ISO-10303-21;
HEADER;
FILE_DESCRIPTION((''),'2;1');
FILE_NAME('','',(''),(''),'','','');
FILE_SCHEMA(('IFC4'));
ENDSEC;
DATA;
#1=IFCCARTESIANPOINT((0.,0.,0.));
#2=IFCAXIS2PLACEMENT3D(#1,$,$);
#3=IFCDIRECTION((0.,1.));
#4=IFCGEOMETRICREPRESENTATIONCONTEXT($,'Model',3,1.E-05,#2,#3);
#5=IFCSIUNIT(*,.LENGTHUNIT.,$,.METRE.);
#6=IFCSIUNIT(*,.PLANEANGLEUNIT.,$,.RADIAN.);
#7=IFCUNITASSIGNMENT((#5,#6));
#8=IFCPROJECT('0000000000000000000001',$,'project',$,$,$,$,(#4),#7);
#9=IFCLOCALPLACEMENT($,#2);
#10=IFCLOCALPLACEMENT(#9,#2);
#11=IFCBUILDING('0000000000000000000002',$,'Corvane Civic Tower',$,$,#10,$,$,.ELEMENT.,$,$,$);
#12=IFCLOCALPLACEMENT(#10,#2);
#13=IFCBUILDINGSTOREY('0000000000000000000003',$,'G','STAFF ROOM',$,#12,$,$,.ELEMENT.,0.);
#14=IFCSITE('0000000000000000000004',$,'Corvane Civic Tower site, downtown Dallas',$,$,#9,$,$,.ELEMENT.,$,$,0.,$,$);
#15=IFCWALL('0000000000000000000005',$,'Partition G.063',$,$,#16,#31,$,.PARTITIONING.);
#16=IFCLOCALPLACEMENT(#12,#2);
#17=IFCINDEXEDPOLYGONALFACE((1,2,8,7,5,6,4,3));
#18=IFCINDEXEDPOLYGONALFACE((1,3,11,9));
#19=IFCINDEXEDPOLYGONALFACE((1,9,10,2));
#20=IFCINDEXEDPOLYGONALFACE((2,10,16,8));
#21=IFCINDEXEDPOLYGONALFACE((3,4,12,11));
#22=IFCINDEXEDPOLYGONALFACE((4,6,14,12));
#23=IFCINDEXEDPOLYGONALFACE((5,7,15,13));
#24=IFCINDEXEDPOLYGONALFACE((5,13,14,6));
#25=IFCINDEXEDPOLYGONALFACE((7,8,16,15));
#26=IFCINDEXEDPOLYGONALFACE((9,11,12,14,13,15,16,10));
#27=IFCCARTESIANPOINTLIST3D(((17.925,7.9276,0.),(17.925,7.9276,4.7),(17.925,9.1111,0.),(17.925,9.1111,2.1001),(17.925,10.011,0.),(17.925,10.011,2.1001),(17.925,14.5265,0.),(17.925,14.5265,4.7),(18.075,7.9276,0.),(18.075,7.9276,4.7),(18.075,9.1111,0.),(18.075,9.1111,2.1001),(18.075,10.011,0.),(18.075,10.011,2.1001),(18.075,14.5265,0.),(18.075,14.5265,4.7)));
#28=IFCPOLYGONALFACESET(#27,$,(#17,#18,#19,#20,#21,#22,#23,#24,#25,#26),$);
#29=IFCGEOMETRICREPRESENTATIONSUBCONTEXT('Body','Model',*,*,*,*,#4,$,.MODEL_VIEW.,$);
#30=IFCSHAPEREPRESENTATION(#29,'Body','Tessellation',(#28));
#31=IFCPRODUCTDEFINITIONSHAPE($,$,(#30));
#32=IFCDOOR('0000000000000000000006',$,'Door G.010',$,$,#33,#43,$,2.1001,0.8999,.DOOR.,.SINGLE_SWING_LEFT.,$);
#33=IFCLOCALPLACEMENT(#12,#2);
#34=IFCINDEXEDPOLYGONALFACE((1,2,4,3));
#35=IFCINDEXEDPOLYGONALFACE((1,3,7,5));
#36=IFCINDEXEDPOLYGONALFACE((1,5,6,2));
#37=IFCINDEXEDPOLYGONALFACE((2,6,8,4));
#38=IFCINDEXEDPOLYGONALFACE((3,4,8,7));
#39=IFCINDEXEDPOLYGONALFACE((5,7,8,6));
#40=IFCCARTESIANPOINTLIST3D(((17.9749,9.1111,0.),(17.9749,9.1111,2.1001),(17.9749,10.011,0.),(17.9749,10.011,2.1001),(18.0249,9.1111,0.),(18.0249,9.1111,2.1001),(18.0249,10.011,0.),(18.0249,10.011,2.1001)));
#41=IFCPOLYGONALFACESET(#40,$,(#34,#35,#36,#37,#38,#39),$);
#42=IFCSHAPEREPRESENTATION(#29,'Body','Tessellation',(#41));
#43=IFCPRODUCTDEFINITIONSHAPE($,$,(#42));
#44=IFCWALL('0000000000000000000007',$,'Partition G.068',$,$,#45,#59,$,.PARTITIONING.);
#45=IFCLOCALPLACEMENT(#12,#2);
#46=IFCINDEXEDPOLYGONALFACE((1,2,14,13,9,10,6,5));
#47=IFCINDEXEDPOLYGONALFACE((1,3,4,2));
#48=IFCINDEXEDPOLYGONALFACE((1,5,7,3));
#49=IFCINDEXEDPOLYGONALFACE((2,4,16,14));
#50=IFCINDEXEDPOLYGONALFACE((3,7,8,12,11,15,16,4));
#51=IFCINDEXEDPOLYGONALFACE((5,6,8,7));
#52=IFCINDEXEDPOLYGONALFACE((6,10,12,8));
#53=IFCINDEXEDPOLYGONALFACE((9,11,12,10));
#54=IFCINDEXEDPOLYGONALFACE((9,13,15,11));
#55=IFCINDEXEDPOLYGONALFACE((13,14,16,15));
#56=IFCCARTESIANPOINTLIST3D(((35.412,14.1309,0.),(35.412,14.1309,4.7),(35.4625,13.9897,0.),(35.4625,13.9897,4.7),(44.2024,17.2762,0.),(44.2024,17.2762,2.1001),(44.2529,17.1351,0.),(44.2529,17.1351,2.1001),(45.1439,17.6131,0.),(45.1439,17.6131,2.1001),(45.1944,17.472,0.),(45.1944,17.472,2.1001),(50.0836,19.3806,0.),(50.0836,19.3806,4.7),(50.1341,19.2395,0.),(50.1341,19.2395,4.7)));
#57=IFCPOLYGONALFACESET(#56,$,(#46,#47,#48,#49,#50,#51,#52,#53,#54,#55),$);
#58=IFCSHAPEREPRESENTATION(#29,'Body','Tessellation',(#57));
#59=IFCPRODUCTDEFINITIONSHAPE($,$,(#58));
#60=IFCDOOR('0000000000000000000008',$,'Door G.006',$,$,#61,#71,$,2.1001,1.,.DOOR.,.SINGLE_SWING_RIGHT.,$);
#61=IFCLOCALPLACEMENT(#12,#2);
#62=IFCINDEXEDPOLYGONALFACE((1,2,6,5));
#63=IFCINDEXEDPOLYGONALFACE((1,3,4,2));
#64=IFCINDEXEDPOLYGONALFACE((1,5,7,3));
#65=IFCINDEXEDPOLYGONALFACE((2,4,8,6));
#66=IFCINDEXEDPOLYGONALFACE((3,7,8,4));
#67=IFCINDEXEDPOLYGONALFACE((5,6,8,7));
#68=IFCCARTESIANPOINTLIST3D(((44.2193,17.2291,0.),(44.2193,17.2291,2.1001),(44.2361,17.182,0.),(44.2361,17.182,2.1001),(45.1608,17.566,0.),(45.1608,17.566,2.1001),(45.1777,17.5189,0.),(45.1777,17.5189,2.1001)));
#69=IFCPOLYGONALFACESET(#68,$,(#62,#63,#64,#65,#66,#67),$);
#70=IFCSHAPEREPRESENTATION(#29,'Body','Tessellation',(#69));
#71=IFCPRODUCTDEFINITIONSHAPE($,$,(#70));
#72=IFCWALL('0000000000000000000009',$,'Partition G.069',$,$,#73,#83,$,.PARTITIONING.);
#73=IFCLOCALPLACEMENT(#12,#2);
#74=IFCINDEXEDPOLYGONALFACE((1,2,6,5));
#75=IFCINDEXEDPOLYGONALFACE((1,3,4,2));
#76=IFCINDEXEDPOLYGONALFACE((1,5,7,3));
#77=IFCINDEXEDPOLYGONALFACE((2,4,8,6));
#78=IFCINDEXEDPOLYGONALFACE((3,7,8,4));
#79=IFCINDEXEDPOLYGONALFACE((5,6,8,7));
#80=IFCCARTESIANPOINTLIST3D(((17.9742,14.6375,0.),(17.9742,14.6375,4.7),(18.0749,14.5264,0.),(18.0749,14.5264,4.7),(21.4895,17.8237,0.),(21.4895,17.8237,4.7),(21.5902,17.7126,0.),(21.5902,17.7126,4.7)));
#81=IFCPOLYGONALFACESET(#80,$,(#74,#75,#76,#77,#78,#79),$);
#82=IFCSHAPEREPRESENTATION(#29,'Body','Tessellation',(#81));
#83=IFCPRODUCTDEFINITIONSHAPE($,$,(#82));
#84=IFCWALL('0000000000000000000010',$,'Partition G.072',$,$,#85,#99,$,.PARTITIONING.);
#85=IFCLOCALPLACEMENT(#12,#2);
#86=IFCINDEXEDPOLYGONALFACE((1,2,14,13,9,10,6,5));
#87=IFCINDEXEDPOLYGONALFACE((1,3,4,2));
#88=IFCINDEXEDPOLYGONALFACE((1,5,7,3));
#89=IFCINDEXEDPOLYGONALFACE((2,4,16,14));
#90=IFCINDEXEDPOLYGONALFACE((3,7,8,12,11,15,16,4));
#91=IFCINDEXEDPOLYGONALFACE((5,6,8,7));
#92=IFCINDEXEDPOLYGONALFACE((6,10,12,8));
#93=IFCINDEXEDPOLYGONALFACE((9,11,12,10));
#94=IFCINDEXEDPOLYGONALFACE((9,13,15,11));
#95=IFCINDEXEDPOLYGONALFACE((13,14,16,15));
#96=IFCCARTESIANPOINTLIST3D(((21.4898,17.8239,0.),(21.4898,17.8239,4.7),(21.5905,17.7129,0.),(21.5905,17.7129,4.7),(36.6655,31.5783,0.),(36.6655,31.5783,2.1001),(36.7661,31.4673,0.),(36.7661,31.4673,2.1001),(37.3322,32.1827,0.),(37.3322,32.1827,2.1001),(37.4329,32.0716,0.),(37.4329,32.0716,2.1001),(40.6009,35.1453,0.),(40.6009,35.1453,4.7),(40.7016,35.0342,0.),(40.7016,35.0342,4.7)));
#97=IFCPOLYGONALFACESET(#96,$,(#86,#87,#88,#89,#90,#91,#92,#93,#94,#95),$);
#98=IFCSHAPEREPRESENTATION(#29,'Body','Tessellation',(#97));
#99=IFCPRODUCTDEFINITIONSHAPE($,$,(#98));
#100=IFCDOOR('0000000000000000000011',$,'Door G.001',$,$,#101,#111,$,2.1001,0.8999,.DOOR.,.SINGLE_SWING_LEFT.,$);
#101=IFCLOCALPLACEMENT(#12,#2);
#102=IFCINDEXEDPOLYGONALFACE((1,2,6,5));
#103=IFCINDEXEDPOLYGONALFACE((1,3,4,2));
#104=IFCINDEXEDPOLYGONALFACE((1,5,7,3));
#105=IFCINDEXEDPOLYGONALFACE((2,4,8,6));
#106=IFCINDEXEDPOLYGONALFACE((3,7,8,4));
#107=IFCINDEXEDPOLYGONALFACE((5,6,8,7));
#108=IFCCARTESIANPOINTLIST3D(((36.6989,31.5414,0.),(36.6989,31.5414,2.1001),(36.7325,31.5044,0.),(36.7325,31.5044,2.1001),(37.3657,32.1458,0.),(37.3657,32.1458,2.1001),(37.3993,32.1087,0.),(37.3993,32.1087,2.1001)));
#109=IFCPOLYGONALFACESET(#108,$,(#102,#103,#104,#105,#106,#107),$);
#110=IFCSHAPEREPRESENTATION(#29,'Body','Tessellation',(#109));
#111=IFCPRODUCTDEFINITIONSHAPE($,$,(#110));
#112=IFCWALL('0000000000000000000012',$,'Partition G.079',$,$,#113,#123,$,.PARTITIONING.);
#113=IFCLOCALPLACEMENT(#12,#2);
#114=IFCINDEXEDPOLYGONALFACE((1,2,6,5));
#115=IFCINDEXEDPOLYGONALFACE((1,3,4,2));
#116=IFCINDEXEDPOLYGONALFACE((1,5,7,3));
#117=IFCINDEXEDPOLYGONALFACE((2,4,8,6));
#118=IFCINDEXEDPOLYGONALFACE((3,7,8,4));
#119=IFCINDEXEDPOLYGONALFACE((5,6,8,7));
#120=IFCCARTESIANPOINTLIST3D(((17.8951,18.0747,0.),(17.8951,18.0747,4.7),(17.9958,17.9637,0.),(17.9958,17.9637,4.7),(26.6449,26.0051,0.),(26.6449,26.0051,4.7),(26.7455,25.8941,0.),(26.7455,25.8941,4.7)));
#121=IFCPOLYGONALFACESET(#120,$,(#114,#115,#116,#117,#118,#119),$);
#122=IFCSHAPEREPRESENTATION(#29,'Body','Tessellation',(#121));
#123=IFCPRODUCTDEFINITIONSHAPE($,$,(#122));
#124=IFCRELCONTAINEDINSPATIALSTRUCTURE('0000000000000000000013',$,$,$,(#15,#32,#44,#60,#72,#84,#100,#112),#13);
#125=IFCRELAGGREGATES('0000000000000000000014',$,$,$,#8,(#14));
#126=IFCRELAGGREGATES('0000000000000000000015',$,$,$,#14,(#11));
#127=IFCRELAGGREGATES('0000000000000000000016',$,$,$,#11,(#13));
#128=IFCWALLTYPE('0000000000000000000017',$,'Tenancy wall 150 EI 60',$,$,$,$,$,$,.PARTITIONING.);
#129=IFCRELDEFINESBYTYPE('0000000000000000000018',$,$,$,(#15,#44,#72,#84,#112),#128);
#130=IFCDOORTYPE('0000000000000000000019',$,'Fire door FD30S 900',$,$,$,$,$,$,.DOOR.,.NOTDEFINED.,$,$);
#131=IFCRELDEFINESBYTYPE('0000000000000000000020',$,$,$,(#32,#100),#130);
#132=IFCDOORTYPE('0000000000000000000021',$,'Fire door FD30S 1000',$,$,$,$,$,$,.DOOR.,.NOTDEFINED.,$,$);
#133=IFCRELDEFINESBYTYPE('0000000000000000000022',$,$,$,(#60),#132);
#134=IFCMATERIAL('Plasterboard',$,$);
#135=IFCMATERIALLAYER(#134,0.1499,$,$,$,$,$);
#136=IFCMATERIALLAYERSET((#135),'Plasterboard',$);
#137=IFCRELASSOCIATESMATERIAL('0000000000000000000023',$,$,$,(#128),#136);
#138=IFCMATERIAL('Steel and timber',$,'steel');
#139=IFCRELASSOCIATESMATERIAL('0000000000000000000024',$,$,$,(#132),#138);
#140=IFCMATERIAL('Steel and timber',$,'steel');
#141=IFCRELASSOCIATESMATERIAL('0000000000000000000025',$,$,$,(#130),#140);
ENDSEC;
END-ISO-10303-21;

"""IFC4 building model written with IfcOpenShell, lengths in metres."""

from ifc_helpers import new_model, si_unit, direction, frame, frame_2d, origin, place, context, subcontext, project, spatial, rectangle, extrude, material, layer, layer_set, type_object, element, fill, save


model = new_model("IFC4")

# Units and contexts
model_context = context("Model", 3, precision=1e-05, world=origin(), true_north=direction((0.0, 1.0)))
body_context = subcontext(model_context, "Body", "Model", "MODEL_VIEW")
ifc_project = project(units=[si_unit("LENGTHUNIT", "METRE"), si_unit("PLANEANGLEUNIT", "RADIAN")], contexts=[model_context])

# Site, building, storey
site_placement = place(None, origin())
site = spatial("IfcSite", under=ifc_project, at=site_placement, Name="Corvane Civic Tower site, downtown Dallas", CompositionType="ELEMENT", RefElevation=0.0)
building_placement = place(site_placement, origin())
building = spatial("IfcBuilding", under=site, at=building_placement, Name="Corvane Civic Tower", CompositionType="ELEMENT")
storey_placement = place(building_placement, origin())
storey = spatial("IfcBuildingStorey", under=building, at=storey_placement, Name="G", Description="STAFF ROOM", CompositionType="ELEMENT", Elevation=0.0)

# Shared definitions
ifc_material_1 = material(Name="Plasterboard")
ifc_layer_1 = layer(ifc_material_1, 0.1499)
ifc_layer_set_1 = layer_set([ifc_layer_1], Name="Plasterboard")
wall_type_1 = type_object("IfcWallType", Name="Tenancy wall 150 EI 60", PredefinedType="PARTITIONING", material=ifc_layer_set_1)
ifc_material_2 = material(Name="Steel and timber", Category="steel")
door_type_1 = type_object("IfcDoorType", Name="Fire door FD30S 1000", OperationType="NOTDEFINED", PredefinedType="DOOR", material=ifc_material_2)

# Walls, openings, doors
wall_1_placement = place(storey_placement, frame((18.0, 7.9277, 0.0), z_axis=(0.0, 0.0, 1.0), x_axis=(0.0, 1.0, 0.0)))
wall_1 = element("IfcWall", 1, at=wall_1_placement, inside=storey, type_object=wall_type_1, Name="Partition G.063", PredefinedType="PARTITIONING", context=body_context, shape_type="SweptSolid", body=[
    extrude(rectangle(XDim=6.5989, YDim=0.1499, at=frame_2d((3.2993, 0.0))), origin(), (0.0, 0.0, 1.0), 4.7),
])
opening_1_placement = place(wall_1_placement, frame((1.1833, 0.0, 0.0)))
opening_1 = element("IfcOpeningElement", 2, at=opening_1_placement, cuts=wall_1, PredefinedType="OPENING", context=body_context, shape_type="SweptSolid", body=[
    extrude(rectangle(XDim=0.8999, YDim=2.1001, at=frame_2d((0.45, 1.05))), frame((0.0, 0.085, 0.0), z_axis=(0.0, -1.0, 0.0), x_axis=(1.0, 0.0, 0.0)), (0.0, 0.0, 1.0), 0.1699),
])
ifc_material_3 = material(Name="Steel and timber", Category="steel")
door_type_2 = type_object("IfcDoorType", Name="Fire door FD30S 900", OperationType="NOTDEFINED", PredefinedType="DOOR", material=ifc_material_3)
door_1_placement = place(opening_1_placement, frame((0.8999, 0.0, 0.0), z_axis=(0.0, 0.0, 1.0), x_axis=(-1.0, 0.0, 0.0)))
door_1 = element("IfcDoor", 3, at=door_1_placement, inside=storey, type_object=door_type_2, Name="Door G.010", OperationType="SINGLE_SWING_LEFT", OverallHeight=2.1001, OverallWidth=0.8999, PredefinedType="DOOR", context=body_context, shape_type="SweptSolid", body=[
    extrude(rectangle(XDim=0.8999, YDim=2.1001, at=frame_2d((0.45, 1.05))), frame((0.0, 0.0249, 0.0), z_axis=(0.0, -1.0, 0.0), x_axis=(1.0, 0.0, 0.0)), (0.0, 0.0, 1.0), 0.05),
])
fill(opening_1, door_1)
wall_2_placement = place(storey_placement, frame((35.4373, 14.0603, 0.0), z_axis=(0.0, 0.0, 1.0), x_axis=(0.941541, 0.336899, 0.0)))
wall_2 = element("IfcWall", 4, at=wall_2_placement, inside=storey, type_object=wall_type_1, Name="Partition G.068", PredefinedType="PARTITIONING", context=body_context, shape_type="SweptSolid", body=[
    extrude(rectangle(XDim=15.5825, YDim=0.1499, at=frame_2d((7.7913, 0.0))), origin(), (0.0, 0.0, 1.0), 4.7),
])
opening_2_placement = place(wall_2_placement, frame((9.3362, 0.0, 0.0)))
opening_2 = element("IfcOpeningElement", 5, at=opening_2_placement, cuts=wall_2, PredefinedType="OPENING", context=body_context, shape_type="SweptSolid", body=[
    extrude(rectangle(XDim=1.0, YDim=2.1001, at=frame_2d((0.5, 1.05))), frame((0.0, 0.085, 0.0), z_axis=(0.0, -1.0, 0.0), x_axis=(1.0, 0.0, 0.0)), (0.0, 0.0, 1.0), 0.1699),
])
door_2_placement = place(opening_2_placement, origin())
door_2 = element("IfcDoor", 6, at=door_2_placement, inside=storey, type_object=door_type_1, Name="Door G.006", OperationType="SINGLE_SWING_RIGHT", OverallHeight=2.1001, OverallWidth=1.0, PredefinedType="DOOR", context=body_context, shape_type="SweptSolid", body=[
    extrude(rectangle(XDim=1.0, YDim=2.1001, at=frame_2d((0.5, 1.05))), frame((0.0, 0.0249, 0.0), z_axis=(0.0, -1.0, 0.0), x_axis=(1.0, 0.0, 0.0)), (0.0, 0.0, 1.0), 0.05),
])
fill(opening_2, door_2)

# Wall
wall_3_placement = place(storey_placement, frame((18.0247, 14.582, 0.0), z_axis=(0.0, 0.0, 1.0), x_axis=(0.740938, 0.671573, 0.0)))
element("IfcWall", 7, at=wall_3_placement, inside=storey, type_object=wall_type_1, Name="Partition G.069", PredefinedType="PARTITIONING", context=body_context, shape_type="SweptSolid", body=[
    extrude(rectangle(XDim=4.7444, YDim=0.1499, at=frame_2d((2.3721, 0.0))), origin(), (0.0, 0.0, 1.0), 4.7),
])

# Wall, opening, door
wall_4_placement = place(storey_placement, frame((21.54, 17.7683, 0.0), z_axis=(0.0, 0.0, 1.0), x_axis=(0.740951, 0.671559, 0.0)))
wall_4 = element("IfcWall", 8, at=wall_4_placement, inside=storey, type_object=wall_type_1, Name="Partition G.072", PredefinedType="PARTITIONING", context=body_context, shape_type="SweptSolid", body=[
    extrude(rectangle(XDim=25.7927, YDim=0.1499, at=frame_2d((12.8965, 0.0))), origin(), (0.0, 0.0, 1.0), 4.7),
])
opening_3_placement = place(wall_4_placement, frame((20.4814, 0.0, 0.0)))
opening_3 = element("IfcOpeningElement", 9, at=opening_3_placement, cuts=wall_4, PredefinedType="OPENING", context=body_context, shape_type="SweptSolid", body=[
    extrude(rectangle(XDim=0.8999, YDim=2.1001, at=frame_2d((0.45, 1.05))), frame((0.0, 0.085, 0.0), z_axis=(0.0, -1.0, 0.0), x_axis=(1.0, 0.0, 0.0)), (0.0, 0.0, 1.0), 0.1699),
])
door_3_placement = place(opening_3_placement, frame((0.8999, 0.0, 0.0), z_axis=(0.0, 0.0, 1.0), x_axis=(-1.0, 0.0, 0.0)))
door_3 = element("IfcDoor", 10, at=door_3_placement, inside=storey, type_object=door_type_2, Name="Door G.001", OperationType="SINGLE_SWING_LEFT", OverallHeight=2.1001, OverallWidth=0.8999, PredefinedType="DOOR", context=body_context, shape_type="SweptSolid", body=[
    extrude(rectangle(XDim=0.8999, YDim=2.1001, at=frame_2d((0.45, 1.05))), frame((0.0, 0.0249, 0.0), z_axis=(0.0, -1.0, 0.0), x_axis=(1.0, 0.0, 0.0)), (0.0, 0.0, 1.0), 0.05),
])
fill(opening_3, door_3)

# Wall
wall_5_placement = place(storey_placement, frame((17.9456, 18.0193, 0.0), z_axis=(0.0, 0.0, 1.0), x_axis=(0.740947, 0.671564, 0.0)))
element("IfcWall", 11, at=wall_5_placement, inside=storey, type_object=wall_type_1, Name="Partition G.079", PredefinedType="PARTITIONING", context=body_context, shape_type="SweptSolid", body=[
    extrude(rectangle(XDim=11.8088, YDim=0.1499, at=frame_2d((5.9043, 0.0))), origin(), (0.0, 0.0, 1.0), 4.7),
])

save(model, "model.ifc")
